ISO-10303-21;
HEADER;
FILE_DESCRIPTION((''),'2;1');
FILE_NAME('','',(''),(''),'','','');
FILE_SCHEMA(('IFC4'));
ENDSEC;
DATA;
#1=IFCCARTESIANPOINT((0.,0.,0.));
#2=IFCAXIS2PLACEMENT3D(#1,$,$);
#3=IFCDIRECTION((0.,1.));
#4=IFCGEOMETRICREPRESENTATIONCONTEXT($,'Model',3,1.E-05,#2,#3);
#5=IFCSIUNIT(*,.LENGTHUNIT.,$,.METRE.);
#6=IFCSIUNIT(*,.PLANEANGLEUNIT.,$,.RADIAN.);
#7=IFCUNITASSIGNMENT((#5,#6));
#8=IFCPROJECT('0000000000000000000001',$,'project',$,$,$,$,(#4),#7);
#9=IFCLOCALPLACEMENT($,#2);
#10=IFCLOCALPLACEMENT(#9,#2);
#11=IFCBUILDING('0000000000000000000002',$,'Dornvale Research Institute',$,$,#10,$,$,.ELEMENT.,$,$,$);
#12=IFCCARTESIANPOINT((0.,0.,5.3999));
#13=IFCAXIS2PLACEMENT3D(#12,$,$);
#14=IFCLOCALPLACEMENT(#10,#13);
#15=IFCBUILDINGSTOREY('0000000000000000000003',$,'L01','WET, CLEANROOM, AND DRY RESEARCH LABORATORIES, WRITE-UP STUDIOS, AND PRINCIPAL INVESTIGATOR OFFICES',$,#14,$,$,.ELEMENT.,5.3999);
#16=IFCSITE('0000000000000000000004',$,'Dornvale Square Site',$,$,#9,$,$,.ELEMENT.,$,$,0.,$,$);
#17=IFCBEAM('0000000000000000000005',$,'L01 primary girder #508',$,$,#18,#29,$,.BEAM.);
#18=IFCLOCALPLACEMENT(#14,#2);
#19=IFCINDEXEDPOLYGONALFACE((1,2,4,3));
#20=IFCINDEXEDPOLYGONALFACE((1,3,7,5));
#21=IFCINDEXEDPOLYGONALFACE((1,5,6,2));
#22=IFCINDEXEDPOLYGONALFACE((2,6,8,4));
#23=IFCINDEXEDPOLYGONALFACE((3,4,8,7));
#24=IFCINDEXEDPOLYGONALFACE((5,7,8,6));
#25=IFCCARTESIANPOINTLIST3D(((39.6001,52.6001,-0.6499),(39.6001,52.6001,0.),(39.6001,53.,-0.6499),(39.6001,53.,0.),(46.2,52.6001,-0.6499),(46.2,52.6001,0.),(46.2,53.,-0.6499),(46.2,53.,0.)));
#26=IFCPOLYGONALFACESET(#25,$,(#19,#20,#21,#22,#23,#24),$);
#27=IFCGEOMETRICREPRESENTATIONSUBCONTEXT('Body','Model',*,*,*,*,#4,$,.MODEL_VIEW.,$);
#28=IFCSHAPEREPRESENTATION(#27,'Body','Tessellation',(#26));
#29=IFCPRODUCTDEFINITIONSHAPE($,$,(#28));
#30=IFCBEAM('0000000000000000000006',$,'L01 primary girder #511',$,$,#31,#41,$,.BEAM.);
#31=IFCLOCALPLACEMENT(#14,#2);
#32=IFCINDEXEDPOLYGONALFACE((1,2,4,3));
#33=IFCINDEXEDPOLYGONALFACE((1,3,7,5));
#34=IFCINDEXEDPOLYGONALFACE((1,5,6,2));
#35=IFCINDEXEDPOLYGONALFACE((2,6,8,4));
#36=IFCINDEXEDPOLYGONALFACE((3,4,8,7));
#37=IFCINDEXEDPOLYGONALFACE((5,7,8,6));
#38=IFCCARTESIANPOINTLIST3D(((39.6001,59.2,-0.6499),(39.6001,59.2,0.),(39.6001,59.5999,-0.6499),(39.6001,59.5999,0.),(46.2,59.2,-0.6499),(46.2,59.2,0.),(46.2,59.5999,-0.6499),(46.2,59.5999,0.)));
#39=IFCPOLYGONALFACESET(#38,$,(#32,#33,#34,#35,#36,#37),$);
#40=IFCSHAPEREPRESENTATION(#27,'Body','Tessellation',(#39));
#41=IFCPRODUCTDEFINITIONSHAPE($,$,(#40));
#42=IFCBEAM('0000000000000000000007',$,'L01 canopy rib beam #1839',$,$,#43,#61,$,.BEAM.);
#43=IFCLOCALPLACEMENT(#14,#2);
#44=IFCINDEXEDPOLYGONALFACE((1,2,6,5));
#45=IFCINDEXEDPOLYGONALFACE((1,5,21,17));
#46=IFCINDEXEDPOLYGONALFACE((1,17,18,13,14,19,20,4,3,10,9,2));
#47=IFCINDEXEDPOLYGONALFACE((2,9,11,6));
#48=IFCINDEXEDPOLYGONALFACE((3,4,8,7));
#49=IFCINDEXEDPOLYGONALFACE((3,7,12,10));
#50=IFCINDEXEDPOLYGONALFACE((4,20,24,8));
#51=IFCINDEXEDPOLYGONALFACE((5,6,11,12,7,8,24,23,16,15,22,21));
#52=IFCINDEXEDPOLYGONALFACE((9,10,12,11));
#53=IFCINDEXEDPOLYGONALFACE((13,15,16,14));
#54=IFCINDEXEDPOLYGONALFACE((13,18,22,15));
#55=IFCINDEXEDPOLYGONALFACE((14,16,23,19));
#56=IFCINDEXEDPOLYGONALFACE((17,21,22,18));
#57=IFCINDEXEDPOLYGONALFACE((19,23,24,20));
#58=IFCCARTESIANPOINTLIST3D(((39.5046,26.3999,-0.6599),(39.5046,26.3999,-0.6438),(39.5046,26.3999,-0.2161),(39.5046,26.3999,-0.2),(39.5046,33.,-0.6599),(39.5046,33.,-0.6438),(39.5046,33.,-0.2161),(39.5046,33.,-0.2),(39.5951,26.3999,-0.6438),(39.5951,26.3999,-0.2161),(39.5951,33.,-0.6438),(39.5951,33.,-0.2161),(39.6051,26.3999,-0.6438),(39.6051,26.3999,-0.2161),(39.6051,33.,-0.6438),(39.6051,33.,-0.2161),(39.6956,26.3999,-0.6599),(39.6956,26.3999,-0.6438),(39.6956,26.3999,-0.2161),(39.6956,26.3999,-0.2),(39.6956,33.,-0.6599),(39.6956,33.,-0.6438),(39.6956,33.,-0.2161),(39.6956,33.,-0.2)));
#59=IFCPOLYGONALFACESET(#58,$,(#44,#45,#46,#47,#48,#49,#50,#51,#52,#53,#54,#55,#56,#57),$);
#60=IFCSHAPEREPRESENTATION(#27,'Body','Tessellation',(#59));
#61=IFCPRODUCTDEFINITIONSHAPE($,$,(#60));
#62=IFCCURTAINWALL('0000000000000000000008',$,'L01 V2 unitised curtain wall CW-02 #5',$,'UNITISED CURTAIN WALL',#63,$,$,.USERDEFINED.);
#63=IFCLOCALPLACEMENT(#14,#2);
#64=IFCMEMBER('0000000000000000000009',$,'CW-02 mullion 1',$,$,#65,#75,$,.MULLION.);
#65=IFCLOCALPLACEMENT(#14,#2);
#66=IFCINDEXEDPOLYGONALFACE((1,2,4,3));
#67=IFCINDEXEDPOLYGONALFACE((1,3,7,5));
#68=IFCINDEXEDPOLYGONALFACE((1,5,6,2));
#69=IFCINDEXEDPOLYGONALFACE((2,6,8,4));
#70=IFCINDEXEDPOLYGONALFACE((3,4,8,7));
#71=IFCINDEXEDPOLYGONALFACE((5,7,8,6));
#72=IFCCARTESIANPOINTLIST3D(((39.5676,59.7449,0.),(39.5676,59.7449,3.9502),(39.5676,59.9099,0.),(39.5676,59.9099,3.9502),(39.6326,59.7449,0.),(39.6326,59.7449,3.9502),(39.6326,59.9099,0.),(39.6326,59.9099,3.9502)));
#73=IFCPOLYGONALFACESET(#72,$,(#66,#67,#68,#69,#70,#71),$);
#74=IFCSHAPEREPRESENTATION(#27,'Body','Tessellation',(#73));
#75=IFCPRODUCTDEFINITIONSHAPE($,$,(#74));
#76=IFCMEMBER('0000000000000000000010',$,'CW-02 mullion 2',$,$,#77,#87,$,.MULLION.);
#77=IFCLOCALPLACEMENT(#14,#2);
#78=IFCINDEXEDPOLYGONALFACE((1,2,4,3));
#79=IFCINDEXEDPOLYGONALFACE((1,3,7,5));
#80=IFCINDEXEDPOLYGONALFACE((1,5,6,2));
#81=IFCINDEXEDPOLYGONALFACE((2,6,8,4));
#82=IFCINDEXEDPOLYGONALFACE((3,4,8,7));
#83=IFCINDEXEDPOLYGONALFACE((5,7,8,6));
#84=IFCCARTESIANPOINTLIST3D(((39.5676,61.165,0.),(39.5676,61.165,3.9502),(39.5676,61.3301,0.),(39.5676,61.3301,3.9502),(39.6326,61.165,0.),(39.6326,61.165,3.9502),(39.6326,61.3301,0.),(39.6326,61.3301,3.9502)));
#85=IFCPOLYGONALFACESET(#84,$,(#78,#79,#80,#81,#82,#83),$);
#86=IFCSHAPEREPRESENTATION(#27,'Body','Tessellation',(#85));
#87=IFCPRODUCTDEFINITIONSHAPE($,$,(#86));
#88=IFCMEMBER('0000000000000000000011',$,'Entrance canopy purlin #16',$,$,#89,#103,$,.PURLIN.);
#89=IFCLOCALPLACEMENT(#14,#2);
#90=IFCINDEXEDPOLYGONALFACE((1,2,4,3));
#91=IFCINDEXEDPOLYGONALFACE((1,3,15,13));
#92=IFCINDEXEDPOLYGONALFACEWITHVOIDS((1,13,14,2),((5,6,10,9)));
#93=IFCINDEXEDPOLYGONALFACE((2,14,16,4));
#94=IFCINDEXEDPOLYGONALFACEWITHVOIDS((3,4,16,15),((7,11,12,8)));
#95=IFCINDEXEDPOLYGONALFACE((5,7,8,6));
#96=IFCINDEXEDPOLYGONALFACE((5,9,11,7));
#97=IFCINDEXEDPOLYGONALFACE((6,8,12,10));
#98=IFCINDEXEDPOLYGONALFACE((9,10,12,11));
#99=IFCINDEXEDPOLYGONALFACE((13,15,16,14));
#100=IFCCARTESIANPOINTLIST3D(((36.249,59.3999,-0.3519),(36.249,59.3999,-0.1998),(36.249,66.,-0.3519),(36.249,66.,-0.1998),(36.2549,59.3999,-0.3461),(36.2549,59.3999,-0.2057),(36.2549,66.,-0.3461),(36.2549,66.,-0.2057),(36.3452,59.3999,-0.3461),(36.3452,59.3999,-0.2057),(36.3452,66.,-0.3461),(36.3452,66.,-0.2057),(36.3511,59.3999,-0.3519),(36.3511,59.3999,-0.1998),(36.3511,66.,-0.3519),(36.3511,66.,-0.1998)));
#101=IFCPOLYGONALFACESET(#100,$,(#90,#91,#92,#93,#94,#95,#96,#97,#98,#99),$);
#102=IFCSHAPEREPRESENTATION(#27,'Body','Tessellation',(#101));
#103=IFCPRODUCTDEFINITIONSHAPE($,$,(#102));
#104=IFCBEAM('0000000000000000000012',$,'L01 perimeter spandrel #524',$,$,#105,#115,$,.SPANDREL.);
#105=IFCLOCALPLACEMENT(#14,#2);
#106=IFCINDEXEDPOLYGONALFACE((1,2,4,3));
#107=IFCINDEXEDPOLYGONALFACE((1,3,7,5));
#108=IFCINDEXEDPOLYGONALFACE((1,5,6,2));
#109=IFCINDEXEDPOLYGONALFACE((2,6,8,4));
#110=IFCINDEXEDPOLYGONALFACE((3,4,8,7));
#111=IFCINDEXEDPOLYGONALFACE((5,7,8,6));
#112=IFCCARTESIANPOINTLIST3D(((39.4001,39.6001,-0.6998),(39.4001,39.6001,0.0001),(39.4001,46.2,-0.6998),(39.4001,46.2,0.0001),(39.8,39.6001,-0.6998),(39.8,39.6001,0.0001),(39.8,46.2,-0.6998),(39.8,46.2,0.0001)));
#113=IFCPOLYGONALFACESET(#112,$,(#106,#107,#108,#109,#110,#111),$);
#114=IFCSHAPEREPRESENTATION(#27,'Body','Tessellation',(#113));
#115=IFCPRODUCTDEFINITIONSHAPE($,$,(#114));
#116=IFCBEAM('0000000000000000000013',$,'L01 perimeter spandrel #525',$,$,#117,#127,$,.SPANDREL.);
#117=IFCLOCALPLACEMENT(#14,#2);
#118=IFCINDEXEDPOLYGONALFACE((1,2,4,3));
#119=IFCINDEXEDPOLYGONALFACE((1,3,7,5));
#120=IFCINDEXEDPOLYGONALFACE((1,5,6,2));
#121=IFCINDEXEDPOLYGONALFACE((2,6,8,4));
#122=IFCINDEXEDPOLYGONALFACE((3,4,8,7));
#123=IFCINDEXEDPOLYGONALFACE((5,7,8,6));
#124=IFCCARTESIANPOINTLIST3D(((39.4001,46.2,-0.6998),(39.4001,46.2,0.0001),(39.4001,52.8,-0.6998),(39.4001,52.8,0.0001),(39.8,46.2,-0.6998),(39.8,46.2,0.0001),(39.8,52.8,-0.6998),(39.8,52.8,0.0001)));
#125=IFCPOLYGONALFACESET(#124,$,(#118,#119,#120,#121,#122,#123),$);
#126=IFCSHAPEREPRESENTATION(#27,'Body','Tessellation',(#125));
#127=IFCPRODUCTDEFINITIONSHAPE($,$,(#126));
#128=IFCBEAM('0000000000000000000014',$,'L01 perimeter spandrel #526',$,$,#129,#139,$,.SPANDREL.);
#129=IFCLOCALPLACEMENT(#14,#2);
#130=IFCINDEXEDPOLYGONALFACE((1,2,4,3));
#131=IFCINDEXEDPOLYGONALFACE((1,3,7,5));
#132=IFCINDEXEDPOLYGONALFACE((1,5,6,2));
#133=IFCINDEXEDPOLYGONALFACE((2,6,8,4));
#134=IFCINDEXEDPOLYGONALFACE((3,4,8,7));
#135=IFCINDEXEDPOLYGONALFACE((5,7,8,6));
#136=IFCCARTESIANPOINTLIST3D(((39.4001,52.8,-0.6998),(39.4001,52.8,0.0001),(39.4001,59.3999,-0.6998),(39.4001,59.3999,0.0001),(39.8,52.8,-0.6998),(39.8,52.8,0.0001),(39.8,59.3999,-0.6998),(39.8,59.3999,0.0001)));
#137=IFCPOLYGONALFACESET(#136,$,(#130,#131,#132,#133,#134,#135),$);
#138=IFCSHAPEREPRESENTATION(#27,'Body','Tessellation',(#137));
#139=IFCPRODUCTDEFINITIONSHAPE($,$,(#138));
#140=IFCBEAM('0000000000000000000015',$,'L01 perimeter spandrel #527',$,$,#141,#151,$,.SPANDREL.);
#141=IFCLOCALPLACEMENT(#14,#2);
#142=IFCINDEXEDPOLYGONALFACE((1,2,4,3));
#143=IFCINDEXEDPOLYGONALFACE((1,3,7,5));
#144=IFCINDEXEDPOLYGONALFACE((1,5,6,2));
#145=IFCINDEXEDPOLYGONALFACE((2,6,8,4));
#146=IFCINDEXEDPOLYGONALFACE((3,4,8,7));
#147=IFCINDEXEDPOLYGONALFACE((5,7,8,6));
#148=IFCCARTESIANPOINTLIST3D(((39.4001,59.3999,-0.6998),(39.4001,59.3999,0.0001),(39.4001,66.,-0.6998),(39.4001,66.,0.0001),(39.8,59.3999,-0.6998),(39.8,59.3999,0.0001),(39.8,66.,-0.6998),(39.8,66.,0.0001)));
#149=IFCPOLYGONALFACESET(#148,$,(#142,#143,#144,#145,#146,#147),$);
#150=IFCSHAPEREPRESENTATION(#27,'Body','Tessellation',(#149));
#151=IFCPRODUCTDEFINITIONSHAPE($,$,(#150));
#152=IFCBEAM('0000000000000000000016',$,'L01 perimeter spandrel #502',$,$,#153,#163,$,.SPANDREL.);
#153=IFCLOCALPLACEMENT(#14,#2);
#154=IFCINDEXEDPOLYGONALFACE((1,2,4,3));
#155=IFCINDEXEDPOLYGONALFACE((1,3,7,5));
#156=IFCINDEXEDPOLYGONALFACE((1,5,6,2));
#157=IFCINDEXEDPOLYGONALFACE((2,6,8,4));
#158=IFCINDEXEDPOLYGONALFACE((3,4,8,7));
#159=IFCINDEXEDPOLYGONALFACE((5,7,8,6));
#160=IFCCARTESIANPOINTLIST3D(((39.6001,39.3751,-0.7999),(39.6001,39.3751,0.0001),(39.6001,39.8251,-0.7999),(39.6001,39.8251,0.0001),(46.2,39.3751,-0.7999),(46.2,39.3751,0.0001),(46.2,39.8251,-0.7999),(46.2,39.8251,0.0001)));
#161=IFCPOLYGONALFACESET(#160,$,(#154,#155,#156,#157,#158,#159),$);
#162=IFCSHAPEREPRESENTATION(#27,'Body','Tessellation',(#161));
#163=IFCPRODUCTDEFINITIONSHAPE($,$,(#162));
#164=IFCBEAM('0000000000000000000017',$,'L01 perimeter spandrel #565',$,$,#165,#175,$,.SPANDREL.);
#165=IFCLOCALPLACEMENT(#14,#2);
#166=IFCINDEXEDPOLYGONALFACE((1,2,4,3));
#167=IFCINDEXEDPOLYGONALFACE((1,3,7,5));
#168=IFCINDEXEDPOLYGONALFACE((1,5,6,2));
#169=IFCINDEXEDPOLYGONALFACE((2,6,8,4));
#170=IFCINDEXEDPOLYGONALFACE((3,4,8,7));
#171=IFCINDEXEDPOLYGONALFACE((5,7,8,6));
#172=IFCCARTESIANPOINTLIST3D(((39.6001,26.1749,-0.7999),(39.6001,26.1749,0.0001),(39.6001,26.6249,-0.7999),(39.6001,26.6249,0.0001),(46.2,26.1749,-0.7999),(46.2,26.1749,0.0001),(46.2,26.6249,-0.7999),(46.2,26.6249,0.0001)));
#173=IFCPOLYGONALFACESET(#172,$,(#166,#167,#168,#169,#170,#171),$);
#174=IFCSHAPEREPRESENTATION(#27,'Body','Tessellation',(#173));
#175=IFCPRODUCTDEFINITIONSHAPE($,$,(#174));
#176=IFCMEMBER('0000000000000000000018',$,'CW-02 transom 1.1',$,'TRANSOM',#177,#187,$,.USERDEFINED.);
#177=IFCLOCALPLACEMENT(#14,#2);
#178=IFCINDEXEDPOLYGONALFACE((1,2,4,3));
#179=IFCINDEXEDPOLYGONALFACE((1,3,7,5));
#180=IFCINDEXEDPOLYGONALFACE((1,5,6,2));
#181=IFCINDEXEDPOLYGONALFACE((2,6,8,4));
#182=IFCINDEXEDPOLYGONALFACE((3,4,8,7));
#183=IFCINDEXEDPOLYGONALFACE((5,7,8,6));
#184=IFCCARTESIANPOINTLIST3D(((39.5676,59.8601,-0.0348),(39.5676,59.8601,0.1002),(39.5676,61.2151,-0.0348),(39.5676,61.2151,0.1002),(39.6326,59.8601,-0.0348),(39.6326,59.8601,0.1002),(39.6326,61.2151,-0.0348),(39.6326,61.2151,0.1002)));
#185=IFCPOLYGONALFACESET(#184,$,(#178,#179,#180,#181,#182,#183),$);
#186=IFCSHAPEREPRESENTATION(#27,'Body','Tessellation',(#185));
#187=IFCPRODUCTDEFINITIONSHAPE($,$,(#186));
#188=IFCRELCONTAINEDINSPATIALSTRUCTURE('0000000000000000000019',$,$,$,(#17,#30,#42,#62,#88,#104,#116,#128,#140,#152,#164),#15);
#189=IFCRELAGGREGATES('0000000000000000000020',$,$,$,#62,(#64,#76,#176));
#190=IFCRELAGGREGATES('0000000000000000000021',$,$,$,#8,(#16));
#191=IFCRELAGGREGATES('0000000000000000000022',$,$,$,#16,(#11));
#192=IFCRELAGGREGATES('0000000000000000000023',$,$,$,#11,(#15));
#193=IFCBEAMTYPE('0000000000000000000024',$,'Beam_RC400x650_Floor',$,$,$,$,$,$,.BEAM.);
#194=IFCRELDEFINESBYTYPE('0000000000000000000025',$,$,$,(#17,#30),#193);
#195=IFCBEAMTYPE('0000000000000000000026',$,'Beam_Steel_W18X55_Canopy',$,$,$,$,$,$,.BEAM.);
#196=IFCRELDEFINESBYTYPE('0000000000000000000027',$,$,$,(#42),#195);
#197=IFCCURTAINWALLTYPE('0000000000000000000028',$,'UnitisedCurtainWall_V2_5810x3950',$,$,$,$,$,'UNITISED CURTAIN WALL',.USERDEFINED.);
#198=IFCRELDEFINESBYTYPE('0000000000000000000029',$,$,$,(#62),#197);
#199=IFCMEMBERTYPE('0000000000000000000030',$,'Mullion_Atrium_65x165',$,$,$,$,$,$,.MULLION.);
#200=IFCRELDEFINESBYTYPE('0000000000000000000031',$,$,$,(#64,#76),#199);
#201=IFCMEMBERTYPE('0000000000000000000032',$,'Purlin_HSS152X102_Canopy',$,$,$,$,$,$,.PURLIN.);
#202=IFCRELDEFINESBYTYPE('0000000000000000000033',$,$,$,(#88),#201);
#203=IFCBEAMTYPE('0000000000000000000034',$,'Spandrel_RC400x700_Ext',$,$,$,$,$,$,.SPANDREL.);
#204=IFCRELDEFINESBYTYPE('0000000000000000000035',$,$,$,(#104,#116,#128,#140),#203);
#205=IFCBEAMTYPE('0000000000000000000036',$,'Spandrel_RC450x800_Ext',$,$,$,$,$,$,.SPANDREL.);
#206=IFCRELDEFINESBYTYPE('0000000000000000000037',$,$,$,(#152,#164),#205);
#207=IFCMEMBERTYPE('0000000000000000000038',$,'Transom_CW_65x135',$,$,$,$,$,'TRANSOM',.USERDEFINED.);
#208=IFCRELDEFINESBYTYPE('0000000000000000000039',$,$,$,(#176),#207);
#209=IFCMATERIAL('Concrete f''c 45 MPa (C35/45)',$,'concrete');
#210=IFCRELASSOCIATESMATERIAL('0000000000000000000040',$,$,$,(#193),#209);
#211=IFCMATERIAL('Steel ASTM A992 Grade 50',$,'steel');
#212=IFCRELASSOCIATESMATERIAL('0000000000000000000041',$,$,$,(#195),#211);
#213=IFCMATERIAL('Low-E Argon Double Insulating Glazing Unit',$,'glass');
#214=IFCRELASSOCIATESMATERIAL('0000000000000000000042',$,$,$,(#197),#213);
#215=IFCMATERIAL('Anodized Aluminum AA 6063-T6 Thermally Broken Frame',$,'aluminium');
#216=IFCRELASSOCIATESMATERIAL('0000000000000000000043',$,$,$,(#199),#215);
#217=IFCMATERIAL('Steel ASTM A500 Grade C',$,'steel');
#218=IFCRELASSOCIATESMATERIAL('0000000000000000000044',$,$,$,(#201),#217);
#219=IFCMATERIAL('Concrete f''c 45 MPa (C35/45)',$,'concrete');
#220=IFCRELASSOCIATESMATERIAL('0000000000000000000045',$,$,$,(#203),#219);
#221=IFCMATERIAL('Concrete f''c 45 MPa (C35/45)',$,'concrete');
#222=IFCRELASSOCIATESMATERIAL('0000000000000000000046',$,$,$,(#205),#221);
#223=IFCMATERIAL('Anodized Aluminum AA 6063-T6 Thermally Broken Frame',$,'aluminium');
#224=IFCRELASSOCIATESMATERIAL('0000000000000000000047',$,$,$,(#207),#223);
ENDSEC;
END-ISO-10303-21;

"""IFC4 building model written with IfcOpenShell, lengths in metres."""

from ifc_helpers import new_model, si_unit, direction, frame, origin, origin_2d, place, context, subcontext, project, spatial, rectangle, hollow_rectangle, i_section, extrude, material, material_profile, profile_set, type_object, element, aggregate, save


model = new_model("IFC4")

# Units and contexts
model_context = context("Model", 3, precision=1e-05, world=origin(), true_north=direction((0.0, 1.0)))
body_context = subcontext(model_context, "Body", "Model", "MODEL_VIEW")
ifc_project = project(units=[si_unit("LENGTHUNIT", "METRE"), si_unit("PLANEANGLEUNIT", "RADIAN")], contexts=[model_context])

# Site, building, storey
site_placement = place(None, origin())
site = spatial("IfcSite", under=ifc_project, at=site_placement, Name="Dornvale Square Site", CompositionType="ELEMENT", RefElevation=0.0)
building_placement = place(site_placement, origin())
building = spatial("IfcBuilding", under=site, at=building_placement, Name="Dornvale Research Institute", CompositionType="ELEMENT")
storey_placement = place(building_placement, frame((0.0, 0.0, 5.3999)))
storey = spatial("IfcBuildingStorey", under=building, at=storey_placement, Name="L01", Description="WET, CLEANROOM, AND DRY RESEARCH LABORATORIES, WRITE-UP STUDIOS, AND PRINCIPAL INVESTIGATOR OFFICES", CompositionType="ELEMENT", Elevation=5.3999)

# Beams
ifc_material_1 = material(Name="Concrete f'c 45 MPa (C35/45)", Category="concrete")
ifc_material_profile_1 = material_profile(ifc_material_1, rectangle(XDim=0.3999, YDim=0.6499, at=origin_2d()), Name="RC 400x650")
ifc_profile_set_1 = profile_set([ifc_material_profile_1], Name="Concrete f'c 45 MPa (C35/45)")
beam_type_1 = type_object("IfcBeamType", Name="Beam_RC400x650_Floor", PredefinedType="BEAM", material=ifc_profile_set_1)
for number, where, z_axis, x_axis, name in (
    (1, (39.6001, 52.8, -0.325), (1.0, 0.0, 0.0), (0.0, 1.0, 0.0), "L01 primary girder #508"),
    (2, (39.6001, 59.3999, -0.325), (1.0, 0.0, 0.0), (0.0, 1.0, 0.0), "L01 primary girder #511"),
):
    element("IfcBeam", number, at=place(storey_placement, frame(where, z_axis=z_axis, x_axis=x_axis)), inside=storey, type_object=beam_type_1, Name=name, PredefinedType="BEAM", context=body_context, shape_type="SweptSolid", body=[
        extrude(rectangle(XDim=0.3999, YDim=0.6499, at=origin_2d()), origin(), (0.0, 0.0, 1.0), 6.5999),
    ])
ifc_material_2 = material(Name="Steel ASTM A992 Grade 50", Category="steel")
ifc_material_profile_2 = material_profile(ifc_material_2, i_section(OverallWidth=0.1909, OverallDepth=0.46, WebThickness=0.01, FlangeThickness=0.0161, at=origin_2d()), Name="W18X55")
ifc_profile_set_2 = profile_set([ifc_material_profile_2], Name="Steel ASTM A992 Grade 50")
beam_type_2 = type_object("IfcBeamType", Name="Beam_Steel_W18X55_Canopy", PredefinedType="BEAM", material=ifc_profile_set_2)
beam_1_placement = place(storey_placement, frame((39.6001, 26.3999, -0.4299), z_axis=(0.0, 1.0, 0.0), x_axis=(-1.0, 0.0, 0.0)))
element("IfcBeam", 3, at=beam_1_placement, inside=storey, type_object=beam_type_2, Name="L01 canopy rib beam #1839", PredefinedType="BEAM", context=body_context, shape_type="SweptSolid", body=[
    extrude(i_section(OverallWidth=0.1909, OverallDepth=0.46, WebThickness=0.01, FlangeThickness=0.0161, at=origin_2d()), origin(), (0.0, 0.0, 1.0), 6.6001),
])

# Curtain wall, members
ifc_material_3 = material(Name="Low-E Argon Double Insulating Glazing Unit", Category="glass")
curtain_wall_type = type_object("IfcCurtainWallType", Name="UnitisedCurtainWall_V2_5810x3950", ElementType="UNITISED CURTAIN WALL", PredefinedType="USERDEFINED", material=ifc_material_3)
curtain_wall_placement = place(storey_placement, origin())
curtain_wall = element("IfcCurtainWall", 4, at=curtain_wall_placement, inside=storey, type_object=curtain_wall_type, Name="L01 V2 unitised curtain wall CW-02 #5", ObjectType="UNITISED CURTAIN WALL", PredefinedType="USERDEFINED")
ifc_material_4 = material(Name="Anodized Aluminum AA 6063-T6 Thermally Broken Frame", Category="aluminium")
ifc_material_profile_3 = material_profile(ifc_material_4, rectangle(XDim=0.0649, YDim=0.165, at=origin_2d()), Name="ALU MULLION 65x165")
ifc_profile_set_3 = profile_set([ifc_material_profile_3], Name="Anodized Aluminum AA 6063-T6 Thermally Broken Frame")
member_type_1 = type_object("IfcMemberType", Name="Mullion_Atrium_65x165", PredefinedType="MULLION", material=ifc_profile_set_3)
member_1_placement = place(storey_placement, frame((39.6001, 59.8274, 0.0), z_axis=(0.0, 0.0, 1.0), x_axis=(-1.0, 0.0, 0.0)))
member_1 = element("IfcMember", 5, at=member_1_placement, type_object=member_type_1, Name="CW-02 mullion 1", PredefinedType="MULLION", context=body_context, shape_type="SweptSolid", body=[
    extrude(rectangle(XDim=0.0649, YDim=0.165, at=origin_2d()), origin(), (0.0, 0.0, 1.0), 3.9502),
])
member_2_placement = place(storey_placement, frame((39.6001, 61.2476, 0.0), z_axis=(0.0, 0.0, 1.0), x_axis=(-1.0, 0.0, 0.0)))
member_2 = element("IfcMember", 6, at=member_2_placement, type_object=member_type_1, Name="CW-02 mullion 2", PredefinedType="MULLION", context=body_context, shape_type="SweptSolid", body=[
    extrude(rectangle(XDim=0.0649, YDim=0.165, at=origin_2d()), origin(), (0.0, 0.0, 1.0), 3.9502),
])

# Member
ifc_material_5 = material(Name="Steel ASTM A500 Grade C", Category="steel")
ifc_material_profile_4 = material_profile(ifc_material_5, hollow_rectangle(XDim=0.1021, YDim=0.1521, WallThickness=0.0059, at=origin_2d()), Name="HSS152X102X6.4")
ifc_profile_set_4 = profile_set([ifc_material_profile_4], Name="Steel ASTM A500 Grade C")
member_type_2 = type_object("IfcMemberType", Name="Purlin_HSS152X102_Canopy", PredefinedType="PURLIN", material=ifc_profile_set_4)
member_3_placement = place(storey_placement, frame((36.3, 59.3999, -0.2759), z_axis=(0.0, 1.0, 0.0), x_axis=(-1.0, 0.0, 0.0)))
element("IfcMember", 7, at=member_3_placement, inside=storey, type_object=member_type_2, Name="Entrance canopy purlin #16", PredefinedType="PURLIN", context=body_context, shape_type="SweptSolid", body=[
    extrude(hollow_rectangle(XDim=0.1021, YDim=0.1521, WallThickness=0.0059, at=origin_2d()), origin(), (0.0, 0.0, 1.0), 6.6001),
])

# Beams
ifc_material_6 = material(Name="Concrete f'c 45 MPa (C35/45)", Category="concrete")
ifc_material_profile_5 = material_profile(ifc_material_6, rectangle(XDim=0.3999, YDim=0.7, at=origin_2d()), Name="RC 400x700")
ifc_profile_set_5 = profile_set([ifc_material_profile_5], Name="Concrete f'c 45 MPa (C35/45)")
beam_type_3 = type_object("IfcBeamType", Name="Spandrel_RC400x700_Ext", PredefinedType="SPANDREL", material=ifc_profile_set_5)
beam_2_placement = place(storey_placement, frame((39.6001, 39.6001, -0.3499), z_axis=(0.0, 1.0, 0.0), x_axis=(-1.0, 0.0, 0.0)))
element("IfcBeam", 8, at=beam_2_placement, inside=storey, type_object=beam_type_3, Name="L01 perimeter spandrel #524", PredefinedType="SPANDREL", context=body_context, shape_type="SweptSolid", body=[
    extrude(rectangle(XDim=0.3999, YDim=0.7, at=origin_2d()), origin(), (0.0, 0.0, 1.0), 6.5999),
])
beam_3_placement = place(storey_placement, frame((39.6001, 46.2, -0.3499), z_axis=(0.0, 1.0, 0.0), x_axis=(-1.0, 0.0, 0.0)))
element("IfcBeam", 9, at=beam_3_placement, inside=storey, type_object=beam_type_3, Name="L01 perimeter spandrel #525", PredefinedType="SPANDREL", context=body_context, shape_type="SweptSolid", body=[
    extrude(rectangle(XDim=0.3999, YDim=0.7, at=origin_2d()), origin(), (0.0, 0.0, 1.0), 6.6001),
])
beam_4_placement = place(storey_placement, frame((39.6001, 52.8, -0.3499), z_axis=(0.0, 1.0, 0.0), x_axis=(-1.0, 0.0, 0.0)))
element("IfcBeam", 10, at=beam_4_placement, inside=storey, type_object=beam_type_3, Name="L01 perimeter spandrel #526", PredefinedType="SPANDREL", context=body_context, shape_type="SweptSolid", body=[
    extrude(rectangle(XDim=0.3999, YDim=0.7, at=origin_2d()), origin(), (0.0, 0.0, 1.0), 6.5999),
])
beam_5_placement = place(storey_placement, frame((39.6001, 59.3999, -0.3499), z_axis=(0.0, 1.0, 0.0), x_axis=(-1.0, 0.0, 0.0)))
element("IfcBeam", 11, at=beam_5_placement, inside=storey, type_object=beam_type_3, Name="L01 perimeter spandrel #527", PredefinedType="SPANDREL", context=body_context, shape_type="SweptSolid", body=[
    extrude(rectangle(XDim=0.3999, YDim=0.7, at=origin_2d()), origin(), (0.0, 0.0, 1.0), 6.6001),
])
ifc_material_7 = material(Name="Concrete f'c 45 MPa (C35/45)", Category="concrete")
ifc_material_profile_6 = material_profile(ifc_material_7, rectangle(XDim=0.45, YDim=0.8, at=origin_2d()), Name="RC 450x800")
ifc_profile_set_6 = profile_set([ifc_material_profile_6], Name="Concrete f'c 45 MPa (C35/45)")
beam_type_4 = type_object("IfcBeamType", Name="Spandrel_RC450x800_Ext", PredefinedType="SPANDREL", material=ifc_profile_set_6)
for number, where, z_axis, x_axis, name in (
    (12, (39.6001, 39.6001, -0.3999), (1.0, 0.0, 0.0), (0.0, 1.0, 0.0), "L01 perimeter spandrel #502"),
    (13, (39.6001, 26.3999, -0.3999), (1.0, 0.0, 0.0), (0.0, 1.0, 0.0), "L01 perimeter spandrel #565"),
):
    element("IfcBeam", number, at=place(storey_placement, frame(where, z_axis=z_axis, x_axis=x_axis)), inside=storey, type_object=beam_type_4, Name=name, PredefinedType="SPANDREL", context=body_context, shape_type="SweptSolid", body=[
        extrude(rectangle(XDim=0.45, YDim=0.8, at=origin_2d()), origin(), (0.0, 0.0, 1.0), 6.5999),
    ])

# Member
ifc_material_8 = material(Name="Anodized Aluminum AA 6063-T6 Thermally Broken Frame", Category="aluminium")
ifc_material_profile_7 = material_profile(ifc_material_8, rectangle(XDim=0.0649, YDim=0.135, at=origin_2d()), Name="ALU TRANSOM 65x135")
ifc_profile_set_7 = profile_set([ifc_material_profile_7], Name="Anodized Aluminum AA 6063-T6 Thermally Broken Frame")
member_type_3 = type_object("IfcMemberType", Name="Transom_CW_65x135", ElementType="TRANSOM", PredefinedType="USERDEFINED", material=ifc_profile_set_7)
member_4_placement = place(storey_placement, frame((39.6001, 59.8601, 0.0327), z_axis=(0.0, 1.0, 0.0), x_axis=(-1.0, 0.0, 0.0)))
member_4 = element("IfcMember", 14, at=member_4_placement, type_object=member_type_3, Name="CW-02 transom 1.1", ObjectType="TRANSOM", PredefinedType="USERDEFINED", context=body_context, shape_type="SweptSolid", body=[
    extrude(rectangle(XDim=0.0649, YDim=0.135, at=origin_2d()), origin(), (0.0, 0.0, 1.0), 1.355),
])

aggregate(curtain_wall, [member_1, member_2, member_4])

save(model, "model.ifc")
